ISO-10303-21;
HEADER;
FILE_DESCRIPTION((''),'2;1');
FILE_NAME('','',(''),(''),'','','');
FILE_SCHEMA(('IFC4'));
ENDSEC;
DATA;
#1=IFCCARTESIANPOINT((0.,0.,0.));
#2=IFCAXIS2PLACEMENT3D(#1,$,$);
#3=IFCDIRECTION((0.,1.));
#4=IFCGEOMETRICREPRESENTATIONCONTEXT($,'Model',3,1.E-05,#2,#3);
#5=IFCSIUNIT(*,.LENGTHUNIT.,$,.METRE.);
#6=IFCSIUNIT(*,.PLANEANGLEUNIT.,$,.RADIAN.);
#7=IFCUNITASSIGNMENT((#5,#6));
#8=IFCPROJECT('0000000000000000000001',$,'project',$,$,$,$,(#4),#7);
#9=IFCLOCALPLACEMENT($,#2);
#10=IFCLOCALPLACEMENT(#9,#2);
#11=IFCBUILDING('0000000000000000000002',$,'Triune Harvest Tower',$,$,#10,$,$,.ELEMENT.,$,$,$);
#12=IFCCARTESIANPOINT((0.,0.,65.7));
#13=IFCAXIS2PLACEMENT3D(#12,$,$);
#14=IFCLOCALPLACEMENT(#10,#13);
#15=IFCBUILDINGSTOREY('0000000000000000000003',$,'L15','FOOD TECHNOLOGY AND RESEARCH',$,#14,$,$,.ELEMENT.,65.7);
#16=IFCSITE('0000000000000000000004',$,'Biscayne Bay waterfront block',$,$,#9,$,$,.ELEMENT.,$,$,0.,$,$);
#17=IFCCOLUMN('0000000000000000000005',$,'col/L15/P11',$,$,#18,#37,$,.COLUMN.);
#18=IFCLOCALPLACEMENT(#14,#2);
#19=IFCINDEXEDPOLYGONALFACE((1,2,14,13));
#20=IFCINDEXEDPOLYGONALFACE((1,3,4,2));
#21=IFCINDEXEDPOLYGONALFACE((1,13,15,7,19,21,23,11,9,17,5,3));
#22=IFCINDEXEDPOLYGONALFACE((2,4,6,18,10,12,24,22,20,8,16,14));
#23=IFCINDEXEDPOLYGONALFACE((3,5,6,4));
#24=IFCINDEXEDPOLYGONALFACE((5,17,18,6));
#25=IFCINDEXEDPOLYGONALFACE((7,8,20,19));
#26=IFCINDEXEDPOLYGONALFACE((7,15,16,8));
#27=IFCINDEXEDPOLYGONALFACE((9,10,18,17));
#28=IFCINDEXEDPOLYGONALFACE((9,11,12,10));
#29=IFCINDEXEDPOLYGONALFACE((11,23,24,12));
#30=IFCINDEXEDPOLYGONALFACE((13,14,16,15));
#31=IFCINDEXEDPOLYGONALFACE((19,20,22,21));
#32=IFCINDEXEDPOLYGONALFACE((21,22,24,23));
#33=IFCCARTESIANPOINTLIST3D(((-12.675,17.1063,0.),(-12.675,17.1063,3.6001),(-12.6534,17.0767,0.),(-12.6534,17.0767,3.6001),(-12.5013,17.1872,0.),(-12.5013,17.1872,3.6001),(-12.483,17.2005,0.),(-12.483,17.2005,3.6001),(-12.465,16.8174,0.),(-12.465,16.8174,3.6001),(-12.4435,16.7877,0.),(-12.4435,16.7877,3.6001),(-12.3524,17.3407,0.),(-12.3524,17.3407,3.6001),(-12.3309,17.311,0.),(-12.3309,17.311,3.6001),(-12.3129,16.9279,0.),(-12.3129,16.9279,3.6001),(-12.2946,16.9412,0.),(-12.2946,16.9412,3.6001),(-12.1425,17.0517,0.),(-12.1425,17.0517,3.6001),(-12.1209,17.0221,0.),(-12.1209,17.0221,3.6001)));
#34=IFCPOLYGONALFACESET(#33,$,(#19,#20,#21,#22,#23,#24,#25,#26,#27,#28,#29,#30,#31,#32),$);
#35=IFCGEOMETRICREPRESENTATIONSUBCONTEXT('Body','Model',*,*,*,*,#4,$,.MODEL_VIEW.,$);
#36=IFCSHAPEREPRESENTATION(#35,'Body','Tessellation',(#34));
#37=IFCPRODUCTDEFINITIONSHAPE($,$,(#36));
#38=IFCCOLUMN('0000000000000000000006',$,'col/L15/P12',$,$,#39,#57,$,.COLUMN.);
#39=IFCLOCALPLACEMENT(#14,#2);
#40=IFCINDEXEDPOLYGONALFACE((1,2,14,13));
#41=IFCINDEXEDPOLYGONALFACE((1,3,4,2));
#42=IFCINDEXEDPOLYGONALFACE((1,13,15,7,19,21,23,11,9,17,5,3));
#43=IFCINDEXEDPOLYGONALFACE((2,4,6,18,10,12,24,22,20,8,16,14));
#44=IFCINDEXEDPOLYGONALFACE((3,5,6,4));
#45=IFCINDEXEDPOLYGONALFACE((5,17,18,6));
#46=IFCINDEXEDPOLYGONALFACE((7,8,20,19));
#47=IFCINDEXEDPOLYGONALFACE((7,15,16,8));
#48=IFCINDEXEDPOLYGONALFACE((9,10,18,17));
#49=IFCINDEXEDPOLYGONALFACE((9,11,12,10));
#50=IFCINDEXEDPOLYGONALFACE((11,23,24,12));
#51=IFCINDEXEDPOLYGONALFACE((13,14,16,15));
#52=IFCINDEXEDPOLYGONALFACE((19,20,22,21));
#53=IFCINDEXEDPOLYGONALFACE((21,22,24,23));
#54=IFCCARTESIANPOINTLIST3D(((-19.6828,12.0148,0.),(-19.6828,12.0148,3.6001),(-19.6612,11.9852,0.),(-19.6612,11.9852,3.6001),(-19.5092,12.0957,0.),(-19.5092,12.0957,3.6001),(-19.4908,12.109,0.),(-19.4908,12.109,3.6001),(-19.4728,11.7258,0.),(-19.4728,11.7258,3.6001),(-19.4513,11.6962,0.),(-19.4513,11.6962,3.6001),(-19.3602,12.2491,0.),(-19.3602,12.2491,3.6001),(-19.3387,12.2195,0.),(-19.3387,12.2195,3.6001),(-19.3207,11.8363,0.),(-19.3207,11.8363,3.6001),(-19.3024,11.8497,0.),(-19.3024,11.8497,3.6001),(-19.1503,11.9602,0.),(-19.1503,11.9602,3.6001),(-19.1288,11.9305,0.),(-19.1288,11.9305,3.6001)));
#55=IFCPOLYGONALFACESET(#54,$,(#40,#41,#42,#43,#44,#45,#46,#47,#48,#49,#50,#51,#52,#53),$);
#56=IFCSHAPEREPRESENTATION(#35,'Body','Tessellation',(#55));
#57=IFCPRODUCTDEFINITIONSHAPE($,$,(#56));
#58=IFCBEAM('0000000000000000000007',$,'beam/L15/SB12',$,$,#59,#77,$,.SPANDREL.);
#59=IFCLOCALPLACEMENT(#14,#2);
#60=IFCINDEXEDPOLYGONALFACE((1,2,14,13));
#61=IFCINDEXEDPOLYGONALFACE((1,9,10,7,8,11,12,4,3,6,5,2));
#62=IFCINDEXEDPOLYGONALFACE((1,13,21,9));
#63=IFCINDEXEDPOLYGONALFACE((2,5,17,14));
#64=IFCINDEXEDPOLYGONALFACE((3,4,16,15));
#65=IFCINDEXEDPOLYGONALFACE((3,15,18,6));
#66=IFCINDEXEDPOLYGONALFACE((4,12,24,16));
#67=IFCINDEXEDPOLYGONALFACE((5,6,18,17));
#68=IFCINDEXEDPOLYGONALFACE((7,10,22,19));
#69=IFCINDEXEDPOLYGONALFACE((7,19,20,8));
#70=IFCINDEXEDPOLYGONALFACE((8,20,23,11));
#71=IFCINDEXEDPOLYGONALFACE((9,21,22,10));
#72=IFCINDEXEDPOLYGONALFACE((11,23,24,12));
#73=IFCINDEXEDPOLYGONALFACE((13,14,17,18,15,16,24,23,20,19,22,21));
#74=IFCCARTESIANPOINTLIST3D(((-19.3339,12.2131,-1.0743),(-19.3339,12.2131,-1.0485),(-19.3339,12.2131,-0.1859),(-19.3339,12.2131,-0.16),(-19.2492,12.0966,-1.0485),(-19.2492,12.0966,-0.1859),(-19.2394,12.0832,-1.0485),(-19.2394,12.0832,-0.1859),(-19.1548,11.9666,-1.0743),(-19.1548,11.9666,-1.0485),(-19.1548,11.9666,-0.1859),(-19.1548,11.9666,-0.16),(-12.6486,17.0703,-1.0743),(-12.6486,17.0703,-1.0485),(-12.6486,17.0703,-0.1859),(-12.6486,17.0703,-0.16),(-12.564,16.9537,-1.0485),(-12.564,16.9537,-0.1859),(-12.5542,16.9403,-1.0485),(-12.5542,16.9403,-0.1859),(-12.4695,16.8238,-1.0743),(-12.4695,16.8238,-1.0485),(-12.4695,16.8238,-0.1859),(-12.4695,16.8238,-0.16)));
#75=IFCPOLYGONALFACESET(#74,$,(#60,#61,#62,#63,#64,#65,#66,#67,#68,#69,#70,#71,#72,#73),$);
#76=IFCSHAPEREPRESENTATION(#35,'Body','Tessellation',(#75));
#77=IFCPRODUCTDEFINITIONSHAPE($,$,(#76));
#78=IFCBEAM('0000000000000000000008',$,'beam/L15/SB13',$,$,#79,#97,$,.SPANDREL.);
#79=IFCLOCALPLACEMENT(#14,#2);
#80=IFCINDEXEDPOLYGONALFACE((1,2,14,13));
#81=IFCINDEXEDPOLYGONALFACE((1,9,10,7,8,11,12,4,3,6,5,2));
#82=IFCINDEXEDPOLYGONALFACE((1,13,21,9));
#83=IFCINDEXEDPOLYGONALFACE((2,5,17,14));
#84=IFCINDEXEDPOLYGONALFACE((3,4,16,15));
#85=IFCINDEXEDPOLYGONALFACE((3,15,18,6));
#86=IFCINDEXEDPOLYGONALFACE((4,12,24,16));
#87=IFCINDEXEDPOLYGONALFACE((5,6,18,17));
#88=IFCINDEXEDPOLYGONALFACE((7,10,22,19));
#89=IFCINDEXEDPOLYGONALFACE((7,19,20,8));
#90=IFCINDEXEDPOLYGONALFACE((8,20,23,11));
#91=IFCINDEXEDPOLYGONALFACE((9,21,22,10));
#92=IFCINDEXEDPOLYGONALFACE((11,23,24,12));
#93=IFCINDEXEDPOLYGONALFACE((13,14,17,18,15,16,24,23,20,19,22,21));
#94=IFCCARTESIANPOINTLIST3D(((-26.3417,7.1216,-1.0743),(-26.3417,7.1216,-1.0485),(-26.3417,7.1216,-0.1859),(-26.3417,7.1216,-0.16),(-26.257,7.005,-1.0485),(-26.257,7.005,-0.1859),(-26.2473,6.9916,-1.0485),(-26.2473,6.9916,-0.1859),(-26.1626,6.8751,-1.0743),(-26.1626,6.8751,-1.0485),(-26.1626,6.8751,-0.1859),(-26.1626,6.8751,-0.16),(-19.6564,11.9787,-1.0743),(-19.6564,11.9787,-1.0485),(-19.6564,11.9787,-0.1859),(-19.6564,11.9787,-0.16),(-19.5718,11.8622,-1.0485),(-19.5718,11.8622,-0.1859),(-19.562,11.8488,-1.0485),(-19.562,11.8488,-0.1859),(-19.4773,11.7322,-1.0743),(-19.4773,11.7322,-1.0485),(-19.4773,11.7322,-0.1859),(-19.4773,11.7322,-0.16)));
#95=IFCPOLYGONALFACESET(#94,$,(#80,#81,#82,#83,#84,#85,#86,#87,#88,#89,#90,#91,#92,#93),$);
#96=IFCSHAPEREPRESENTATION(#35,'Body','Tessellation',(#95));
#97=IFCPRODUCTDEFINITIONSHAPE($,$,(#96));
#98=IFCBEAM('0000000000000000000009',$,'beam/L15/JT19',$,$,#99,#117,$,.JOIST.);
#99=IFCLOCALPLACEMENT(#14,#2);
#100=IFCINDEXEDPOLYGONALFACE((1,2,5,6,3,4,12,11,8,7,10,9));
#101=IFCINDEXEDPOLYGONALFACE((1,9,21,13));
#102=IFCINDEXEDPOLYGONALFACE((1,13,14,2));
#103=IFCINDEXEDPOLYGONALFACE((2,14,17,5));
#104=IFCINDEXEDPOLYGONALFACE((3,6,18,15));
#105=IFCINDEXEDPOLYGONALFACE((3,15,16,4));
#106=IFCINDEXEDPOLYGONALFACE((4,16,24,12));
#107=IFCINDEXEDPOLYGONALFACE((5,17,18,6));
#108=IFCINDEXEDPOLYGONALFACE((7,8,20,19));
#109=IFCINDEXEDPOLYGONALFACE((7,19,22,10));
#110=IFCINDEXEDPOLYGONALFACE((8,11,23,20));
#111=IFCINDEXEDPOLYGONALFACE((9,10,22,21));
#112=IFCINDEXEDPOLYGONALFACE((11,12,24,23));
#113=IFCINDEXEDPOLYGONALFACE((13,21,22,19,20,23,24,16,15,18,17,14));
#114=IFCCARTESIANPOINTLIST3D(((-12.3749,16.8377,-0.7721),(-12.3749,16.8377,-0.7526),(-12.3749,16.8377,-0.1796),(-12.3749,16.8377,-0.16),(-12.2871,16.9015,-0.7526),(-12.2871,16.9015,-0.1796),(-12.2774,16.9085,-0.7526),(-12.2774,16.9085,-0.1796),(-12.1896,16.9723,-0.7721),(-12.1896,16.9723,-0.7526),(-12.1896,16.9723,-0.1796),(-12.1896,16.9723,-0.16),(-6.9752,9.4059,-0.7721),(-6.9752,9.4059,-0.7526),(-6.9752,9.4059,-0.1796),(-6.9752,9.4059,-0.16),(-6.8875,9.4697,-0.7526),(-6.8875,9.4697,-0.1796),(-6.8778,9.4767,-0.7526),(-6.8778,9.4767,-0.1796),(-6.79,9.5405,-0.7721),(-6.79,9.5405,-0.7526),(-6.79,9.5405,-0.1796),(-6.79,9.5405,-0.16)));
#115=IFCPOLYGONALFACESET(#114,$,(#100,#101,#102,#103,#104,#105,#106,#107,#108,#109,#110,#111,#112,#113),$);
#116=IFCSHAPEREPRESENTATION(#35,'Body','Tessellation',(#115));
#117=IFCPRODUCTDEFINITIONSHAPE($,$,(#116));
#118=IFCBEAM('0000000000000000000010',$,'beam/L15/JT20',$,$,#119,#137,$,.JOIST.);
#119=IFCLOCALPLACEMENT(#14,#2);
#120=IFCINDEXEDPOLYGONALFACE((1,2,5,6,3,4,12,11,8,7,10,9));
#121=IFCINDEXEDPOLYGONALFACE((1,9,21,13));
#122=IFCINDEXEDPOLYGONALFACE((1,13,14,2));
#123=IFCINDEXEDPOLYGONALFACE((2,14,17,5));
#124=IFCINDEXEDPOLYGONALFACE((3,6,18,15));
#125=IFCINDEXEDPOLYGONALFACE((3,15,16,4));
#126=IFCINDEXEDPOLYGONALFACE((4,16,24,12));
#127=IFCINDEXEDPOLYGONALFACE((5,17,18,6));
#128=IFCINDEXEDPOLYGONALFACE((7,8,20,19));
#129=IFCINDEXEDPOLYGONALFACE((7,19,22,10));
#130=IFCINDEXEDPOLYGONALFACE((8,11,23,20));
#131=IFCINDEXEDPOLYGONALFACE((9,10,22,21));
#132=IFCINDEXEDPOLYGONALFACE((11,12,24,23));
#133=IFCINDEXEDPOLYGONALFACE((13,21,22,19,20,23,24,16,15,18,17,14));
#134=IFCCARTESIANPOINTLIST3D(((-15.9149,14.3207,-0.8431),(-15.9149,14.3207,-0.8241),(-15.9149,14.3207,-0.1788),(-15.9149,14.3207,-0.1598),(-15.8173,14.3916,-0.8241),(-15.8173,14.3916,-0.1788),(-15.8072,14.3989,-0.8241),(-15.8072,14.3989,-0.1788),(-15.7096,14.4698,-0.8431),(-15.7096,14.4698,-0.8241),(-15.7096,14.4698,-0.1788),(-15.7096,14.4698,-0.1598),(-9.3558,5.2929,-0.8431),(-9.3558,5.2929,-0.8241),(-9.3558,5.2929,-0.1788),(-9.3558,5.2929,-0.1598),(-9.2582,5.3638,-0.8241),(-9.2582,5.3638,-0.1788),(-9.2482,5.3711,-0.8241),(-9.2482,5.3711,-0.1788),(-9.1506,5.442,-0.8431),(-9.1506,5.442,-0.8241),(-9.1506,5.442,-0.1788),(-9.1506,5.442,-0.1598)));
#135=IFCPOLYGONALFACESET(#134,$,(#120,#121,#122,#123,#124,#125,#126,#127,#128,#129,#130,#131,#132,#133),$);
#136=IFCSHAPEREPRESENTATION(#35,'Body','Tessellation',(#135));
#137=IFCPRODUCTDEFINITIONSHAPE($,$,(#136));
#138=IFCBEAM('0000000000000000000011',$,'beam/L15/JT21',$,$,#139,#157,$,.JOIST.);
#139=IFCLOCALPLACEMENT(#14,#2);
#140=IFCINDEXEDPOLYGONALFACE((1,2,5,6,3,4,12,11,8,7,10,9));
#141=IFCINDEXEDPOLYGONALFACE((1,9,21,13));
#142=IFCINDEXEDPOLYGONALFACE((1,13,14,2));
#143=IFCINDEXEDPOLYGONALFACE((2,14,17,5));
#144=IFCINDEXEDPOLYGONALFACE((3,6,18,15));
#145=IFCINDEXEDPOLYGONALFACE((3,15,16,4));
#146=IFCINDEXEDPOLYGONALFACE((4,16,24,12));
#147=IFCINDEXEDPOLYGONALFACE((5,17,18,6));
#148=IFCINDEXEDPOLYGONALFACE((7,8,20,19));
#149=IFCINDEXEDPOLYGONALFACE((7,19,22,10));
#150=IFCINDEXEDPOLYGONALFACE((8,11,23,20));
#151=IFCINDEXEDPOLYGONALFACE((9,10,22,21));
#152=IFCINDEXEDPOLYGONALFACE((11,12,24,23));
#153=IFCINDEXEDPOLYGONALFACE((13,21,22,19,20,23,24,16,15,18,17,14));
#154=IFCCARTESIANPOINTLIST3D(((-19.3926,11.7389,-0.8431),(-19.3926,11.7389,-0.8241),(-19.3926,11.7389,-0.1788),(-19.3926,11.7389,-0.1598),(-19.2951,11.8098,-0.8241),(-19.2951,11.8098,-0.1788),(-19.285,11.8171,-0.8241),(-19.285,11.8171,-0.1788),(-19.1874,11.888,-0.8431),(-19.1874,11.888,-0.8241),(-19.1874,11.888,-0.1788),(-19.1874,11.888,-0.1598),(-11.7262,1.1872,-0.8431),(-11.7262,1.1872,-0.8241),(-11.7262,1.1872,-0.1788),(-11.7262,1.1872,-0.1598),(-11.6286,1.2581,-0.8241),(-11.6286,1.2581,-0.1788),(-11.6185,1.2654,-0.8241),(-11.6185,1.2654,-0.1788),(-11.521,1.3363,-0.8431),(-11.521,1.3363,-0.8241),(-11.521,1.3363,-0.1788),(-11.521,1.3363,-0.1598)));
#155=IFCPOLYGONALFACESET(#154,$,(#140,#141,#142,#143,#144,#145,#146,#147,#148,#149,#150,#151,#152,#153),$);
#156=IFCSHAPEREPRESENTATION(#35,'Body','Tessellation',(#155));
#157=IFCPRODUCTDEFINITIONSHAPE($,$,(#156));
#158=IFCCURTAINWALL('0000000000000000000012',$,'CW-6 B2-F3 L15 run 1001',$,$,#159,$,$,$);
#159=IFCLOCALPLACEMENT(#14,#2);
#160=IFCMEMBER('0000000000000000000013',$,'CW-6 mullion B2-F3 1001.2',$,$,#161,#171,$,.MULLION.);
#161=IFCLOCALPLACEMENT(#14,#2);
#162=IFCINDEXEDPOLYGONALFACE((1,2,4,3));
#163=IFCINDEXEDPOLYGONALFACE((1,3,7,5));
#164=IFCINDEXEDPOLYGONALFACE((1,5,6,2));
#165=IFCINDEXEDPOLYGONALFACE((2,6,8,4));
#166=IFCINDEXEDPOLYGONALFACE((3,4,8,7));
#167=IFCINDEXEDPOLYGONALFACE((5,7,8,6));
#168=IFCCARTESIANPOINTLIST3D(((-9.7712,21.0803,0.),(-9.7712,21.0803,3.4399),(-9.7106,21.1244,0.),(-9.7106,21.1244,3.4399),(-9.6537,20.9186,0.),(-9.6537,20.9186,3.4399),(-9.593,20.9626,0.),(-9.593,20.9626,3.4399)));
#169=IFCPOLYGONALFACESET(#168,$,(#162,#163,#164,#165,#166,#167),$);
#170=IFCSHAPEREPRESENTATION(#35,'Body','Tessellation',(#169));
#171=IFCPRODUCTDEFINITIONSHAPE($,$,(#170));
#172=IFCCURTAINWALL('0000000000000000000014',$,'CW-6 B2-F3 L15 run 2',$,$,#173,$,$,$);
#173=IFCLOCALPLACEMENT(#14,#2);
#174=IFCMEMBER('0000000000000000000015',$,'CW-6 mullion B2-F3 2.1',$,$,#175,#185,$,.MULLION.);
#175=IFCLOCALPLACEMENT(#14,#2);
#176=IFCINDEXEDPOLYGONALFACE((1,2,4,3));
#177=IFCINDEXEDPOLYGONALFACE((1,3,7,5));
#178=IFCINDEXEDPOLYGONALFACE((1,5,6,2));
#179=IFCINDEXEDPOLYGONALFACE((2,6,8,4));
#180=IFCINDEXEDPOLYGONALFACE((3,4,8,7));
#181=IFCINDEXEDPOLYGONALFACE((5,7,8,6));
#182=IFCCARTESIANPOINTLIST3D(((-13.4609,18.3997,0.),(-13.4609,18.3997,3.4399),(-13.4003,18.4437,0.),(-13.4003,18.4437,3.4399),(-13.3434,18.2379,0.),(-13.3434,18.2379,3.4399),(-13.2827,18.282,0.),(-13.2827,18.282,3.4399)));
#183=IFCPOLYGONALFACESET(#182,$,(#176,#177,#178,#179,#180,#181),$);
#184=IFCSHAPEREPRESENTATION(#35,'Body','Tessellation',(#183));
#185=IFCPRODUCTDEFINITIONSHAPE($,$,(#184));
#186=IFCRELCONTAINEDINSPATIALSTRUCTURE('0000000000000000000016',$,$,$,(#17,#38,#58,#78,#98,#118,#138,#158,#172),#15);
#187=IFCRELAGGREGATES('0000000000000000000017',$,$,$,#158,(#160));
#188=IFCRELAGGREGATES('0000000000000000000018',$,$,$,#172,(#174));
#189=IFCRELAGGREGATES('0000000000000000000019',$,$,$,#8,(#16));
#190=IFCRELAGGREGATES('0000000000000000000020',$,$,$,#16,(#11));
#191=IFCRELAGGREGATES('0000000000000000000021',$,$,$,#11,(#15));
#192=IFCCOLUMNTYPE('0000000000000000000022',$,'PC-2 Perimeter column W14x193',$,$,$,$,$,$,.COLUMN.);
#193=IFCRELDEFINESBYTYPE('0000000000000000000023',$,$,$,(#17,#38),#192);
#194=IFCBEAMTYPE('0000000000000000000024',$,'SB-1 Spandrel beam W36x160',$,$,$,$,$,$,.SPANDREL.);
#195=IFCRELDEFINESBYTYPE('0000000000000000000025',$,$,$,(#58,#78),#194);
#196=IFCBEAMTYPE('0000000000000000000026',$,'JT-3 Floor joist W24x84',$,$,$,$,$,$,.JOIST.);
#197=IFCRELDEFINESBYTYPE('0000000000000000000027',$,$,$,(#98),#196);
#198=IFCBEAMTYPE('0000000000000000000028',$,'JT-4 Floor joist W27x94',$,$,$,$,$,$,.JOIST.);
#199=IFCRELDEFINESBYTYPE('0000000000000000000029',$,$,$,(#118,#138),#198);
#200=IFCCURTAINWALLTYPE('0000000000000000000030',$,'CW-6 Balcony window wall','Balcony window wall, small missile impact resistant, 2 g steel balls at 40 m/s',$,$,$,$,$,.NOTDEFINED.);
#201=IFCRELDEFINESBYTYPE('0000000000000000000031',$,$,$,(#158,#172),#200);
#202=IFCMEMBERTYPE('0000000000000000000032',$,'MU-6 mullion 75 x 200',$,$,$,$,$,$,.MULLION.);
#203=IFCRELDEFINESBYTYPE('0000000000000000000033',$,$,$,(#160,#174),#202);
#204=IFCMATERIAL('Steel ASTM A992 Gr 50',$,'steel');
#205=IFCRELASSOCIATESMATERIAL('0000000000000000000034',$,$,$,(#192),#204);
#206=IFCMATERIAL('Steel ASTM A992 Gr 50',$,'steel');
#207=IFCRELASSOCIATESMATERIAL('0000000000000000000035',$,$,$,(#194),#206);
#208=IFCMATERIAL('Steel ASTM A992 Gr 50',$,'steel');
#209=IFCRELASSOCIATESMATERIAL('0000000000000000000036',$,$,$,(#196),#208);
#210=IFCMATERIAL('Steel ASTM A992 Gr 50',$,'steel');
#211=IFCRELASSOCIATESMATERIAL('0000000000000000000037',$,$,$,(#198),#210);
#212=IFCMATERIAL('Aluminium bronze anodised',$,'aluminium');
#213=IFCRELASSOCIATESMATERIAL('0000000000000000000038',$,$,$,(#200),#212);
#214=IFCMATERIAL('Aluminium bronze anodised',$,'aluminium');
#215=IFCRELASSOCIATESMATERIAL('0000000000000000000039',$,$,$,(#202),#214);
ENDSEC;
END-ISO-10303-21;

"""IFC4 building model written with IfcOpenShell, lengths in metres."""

from ifc_helpers import new_model, si_unit, direction, frame, origin, origin_2d, place, context, subcontext, project, spatial, rectangle, i_section, extrude, source, transform, mapped, material, material_profile, profile_set, type_object, element, aggregate, save


model = new_model("IFC4")

# Units and contexts
model_context = context("Model", 3, precision=1e-05, world=origin(), true_north=direction((0.0, 1.0)))
body_context = subcontext(model_context, "Body", "Model", "MODEL_VIEW")
ifc_project = project(units=[si_unit("LENGTHUNIT", "METRE"), si_unit("PLANEANGLEUNIT", "RADIAN")], contexts=[model_context])

# Site, building, storey
site_placement = place(None, origin())
site = spatial("IfcSite", under=ifc_project, at=site_placement, Name="Biscayne Bay waterfront block", CompositionType="ELEMENT", RefElevation=0.0)
building_placement = place(site_placement, origin())
building = spatial("IfcBuilding", under=site, at=building_placement, Name="Triune Harvest Tower", CompositionType="ELEMENT")
storey_placement = place(building_placement, frame((0.0, 0.0, 65.7)))
storey = spatial("IfcBuildingStorey", under=building, at=storey_placement, Name="L15", Description="FOOD TECHNOLOGY AND RESEARCH", CompositionType="ELEMENT", Elevation=65.7)

# Columns
ifc_material_1 = material(Name="Steel ASTM A992 Gr 50", Category="steel")
ifc_material_profile_1 = material_profile(ifc_material_1, i_section(OverallWidth=0.3987, OverallDepth=0.3938, WebThickness=0.0227, FlangeThickness=0.0366, at=origin_2d()), Name="W14x193")
ifc_profile_set_1 = profile_set([ifc_material_profile_1], Name="Steel ASTM A992 Gr 50")
column_type = type_object("IfcColumnType", Name="PC-2 Perimeter column W14x193", PredefinedType="COLUMN", material=ifc_profile_set_1)
shared_shape_1 = source(origin(), body_context, "Body", "SweptSolid", [
    extrude(i_section(OverallWidth=0.3987, OverallDepth=0.3938, WebThickness=0.0227, FlangeThickness=0.0366, at=origin_2d()), origin(), (0.0, 0.0, 1.0), 3.6001),
])
for number, where, z_axis, x_axis, name in (
    (1, (-12.3979, 17.0642, 0.0), (0.0, 0.0, 1.0), (-0.809017, -0.587785, 0.0), "col/L15/P11"),
    (2, (-19.4058, 11.9727, 0.0), (0.0, 0.0, 1.0), (-0.809017, -0.587785, 0.0), "col/L15/P12"),
):
    element("IfcColumn", number, at=place(storey_placement, frame(where, z_axis=z_axis, x_axis=x_axis)), inside=storey, type_object=column_type, Name=name, PredefinedType="COLUMN", context=body_context, shape_type="MappedRepresentation", body=[
        mapped(shared_shape_1, transform((0.0, 0.0, 0.0), scale=1.0)),
    ])

# Beams
ifc_material_2 = material(Name="Steel ASTM A992 Gr 50", Category="steel")
ifc_material_profile_2 = material_profile(ifc_material_2, i_section(OverallWidth=0.3047, OverallDepth=0.9143, WebThickness=0.0166, FlangeThickness=0.0259, at=origin_2d()), Name="W36x160")
ifc_profile_set_2 = profile_set([ifc_material_profile_2], Name="Steel ASTM A992 Gr 50")
beam_type_1 = type_object("IfcBeamType", Name="SB-1 Spandrel beam W36x160", PredefinedType="SPANDREL", material=ifc_profile_set_2)
shared_shape_2 = source(origin(), body_context, "Body", "SweptSolid", [
    extrude(i_section(OverallWidth=0.3047, OverallDepth=0.9143, WebThickness=0.0166, FlangeThickness=0.0259, at=origin_2d()), origin(), (0.0, 0.0, 1.0), 8.2634),
])
for number, where, z_axis, x_axis, name in (
    (3, (-12.5591, 16.947, -0.6172), (-0.809016, -0.587787, 0.0), (0.587787, -0.809016, 0.0), "beam/L15/SB12"),
    (4, (-19.5669, 11.8555, -0.6172), (-0.809016, -0.587787, 0.0), (0.587787, -0.809016, 0.0), "beam/L15/SB13"),
):
    element("IfcBeam", number, at=place(storey_placement, frame(where, z_axis=z_axis, x_axis=x_axis)), inside=storey, type_object=beam_type_1, Name=name, PredefinedType="SPANDREL", context=body_context, shape_type="MappedRepresentation", body=[
        mapped(shared_shape_2, transform((0.0, 0.0, 0.0), scale=1.0)),
    ])
ifc_material_3 = material(Name="Steel ASTM A992 Gr 50", Category="steel")
ifc_material_profile_3 = material_profile(ifc_material_3, i_section(OverallWidth=0.229, OverallDepth=0.6121, WebThickness=0.012, FlangeThickness=0.0195, at=origin_2d()), Name="W24x84")
ifc_profile_set_3 = profile_set([ifc_material_profile_3], Name="Steel ASTM A992 Gr 50")
beam_type_2 = type_object("IfcBeamType", Name="JT-3 Floor joist W24x84", PredefinedType="JOIST", material=ifc_profile_set_3)
shared_shape_3 = source(origin(), body_context, "Body", "SweptSolid", [
    extrude(i_section(OverallWidth=0.229, OverallDepth=0.6121, WebThickness=0.012, FlangeThickness=0.0195, at=origin_2d()), origin(), (0.0, 0.0, 1.0), 9.1863),
])
beam_1_placement = place(storey_placement, frame((-12.2822, 16.905, -0.4661), z_axis=(0.587791, -0.809013, 0.0), x_axis=(0.809013, 0.587791, 0.0)))
element("IfcBeam", 5, at=beam_1_placement, inside=storey, type_object=beam_type_2, Name="beam/L15/JT19", PredefinedType="JOIST", context=body_context, shape_type="MappedRepresentation", body=[
    mapped(shared_shape_3, transform((0.0, 0.0, 0.0), scale=1.0)),
])
ifc_material_4 = material(Name="Steel ASTM A992 Gr 50", Category="steel")
ifc_material_profile_4 = material_profile(ifc_material_4, i_section(OverallWidth=0.2537, OverallDepth=0.6833, WebThickness=0.0125, FlangeThickness=0.019, at=origin_2d()), Name="W27x94")
ifc_profile_set_4 = profile_set([ifc_material_profile_4], Name="Steel ASTM A992 Gr 50")
beam_type_3 = type_object("IfcBeamType", Name="JT-4 Floor joist W27x94", PredefinedType="JOIST", material=ifc_profile_set_4)
shared_shape_4 = source(origin(), body_context, "Body", "SweptSolid", [
    extrude(i_section(OverallWidth=0.2537, OverallDepth=0.6833, WebThickness=0.0125, FlangeThickness=0.019, at=origin_2d()), origin(), (0.0, 0.0, 1.0), 11.1589),
])
beam_2_placement = place(storey_placement, frame((-15.8123, 14.3953, -0.5015), z_axis=(0.587784, -0.809018, 0.0), x_axis=(0.809018, 0.587784, 0.0)))
element("IfcBeam", 6, at=beam_2_placement, inside=storey, type_object=beam_type_3, Name="beam/L15/JT20", PredefinedType="JOIST", context=body_context, shape_type="MappedRepresentation", body=[
    mapped(shared_shape_4, transform((0.0, 0.0, 0.0), scale=1.0)),
])
shared_shape_5 = source(origin(), body_context, "Body", "SweptSolid", [
    extrude(i_section(OverallWidth=0.2537, OverallDepth=0.6833, WebThickness=0.0125, FlangeThickness=0.019, at=origin_2d()), origin(), (0.0, 0.0, 1.0), 13.0427),
])
beam_3_placement = place(storey_placement, frame((-19.29, 11.8135, -0.5015), z_axis=(0.587795, -0.80901, 0.0), x_axis=(0.80901, 0.587795, 0.0)))
element("IfcBeam", 7, at=beam_3_placement, inside=storey, type_object=beam_type_3, Name="beam/L15/JT21", PredefinedType="JOIST", context=body_context, shape_type="MappedRepresentation", body=[
    mapped(shared_shape_5, transform((0.0, 0.0, 0.0), scale=1.0)),
])

# Curtain wall, member
ifc_material_5 = material(Name="Aluminium bronze anodised", Category="aluminium")
curtain_wall_type = type_object("IfcCurtainWallType", Name="CW-6 Balcony window wall", Description="Balcony window wall, small missile impact resistant, 2 g steel balls at 40 m/s", PredefinedType="NOTDEFINED", material=ifc_material_5)
curtain_wall_1_placement = place(storey_placement, origin())
curtain_wall_1 = element("IfcCurtainWall", 8, at=curtain_wall_1_placement, inside=storey, type_object=curtain_wall_type, Name="CW-6 B2-F3 L15 run 1001")
ifc_material_6 = material(Name="Aluminium bronze anodised", Category="aluminium")
ifc_material_profile_5 = material_profile(ifc_material_6, rectangle(XDim=0.2, YDim=0.075, at=origin_2d()), Name="MU-6 mullion 75 x 200")
ifc_profile_set_5 = profile_set([ifc_material_profile_5], Name="Aluminium bronze anodised")
member_type_1 = type_object("IfcMemberType", Name="MU-6 mullion 75 x 200", PredefinedType="MULLION", material=ifc_profile_set_5)
shared_shape_6 = source(origin(), body_context, "Body", "SweptSolid", [
    extrude(rectangle(XDim=0.2, YDim=0.075, at=origin_2d()), origin(), (0.0, 0.0, 1.0), 3.4399),
])
member_1_placement = place(storey_placement, frame((-9.6821, 21.0215, 0.0), z_axis=(0.0, 0.0, 1.0), x_axis=(0.587786, -0.809016, 0.0)))
member_1 = element("IfcMember", 9, at=member_1_placement, type_object=member_type_1, Name="CW-6 mullion B2-F3 1001.2", PredefinedType="MULLION", context=body_context, shape_type="MappedRepresentation", body=[
    mapped(shared_shape_6, transform((0.0, 0.0, 0.0), scale=1.0)),
])
aggregate(curtain_wall_1, [member_1])

# Curtain wall, member
curtain_wall_2_placement = place(storey_placement, origin())
curtain_wall_2 = element("IfcCurtainWall", 10, at=curtain_wall_2_placement, inside=storey, type_object=curtain_wall_type, Name="CW-6 B2-F3 L15 run 2")
member_2_placement = place(storey_placement, frame((-13.3718, 18.3408, 0.0), z_axis=(0.0, 0.0, 1.0), x_axis=(0.587785, -0.809017, 0.0)))
member_2 = element("IfcMember", 11, at=member_2_placement, type_object=member_type_1, Name="CW-6 mullion B2-F3 2.1", PredefinedType="MULLION", context=body_context, shape_type="MappedRepresentation", body=[
    mapped(shared_shape_6, transform((0.0, 0.0, 0.0), scale=1.0)),
])

aggregate(curtain_wall_2, [member_2])

save(model, "model.ifc")
